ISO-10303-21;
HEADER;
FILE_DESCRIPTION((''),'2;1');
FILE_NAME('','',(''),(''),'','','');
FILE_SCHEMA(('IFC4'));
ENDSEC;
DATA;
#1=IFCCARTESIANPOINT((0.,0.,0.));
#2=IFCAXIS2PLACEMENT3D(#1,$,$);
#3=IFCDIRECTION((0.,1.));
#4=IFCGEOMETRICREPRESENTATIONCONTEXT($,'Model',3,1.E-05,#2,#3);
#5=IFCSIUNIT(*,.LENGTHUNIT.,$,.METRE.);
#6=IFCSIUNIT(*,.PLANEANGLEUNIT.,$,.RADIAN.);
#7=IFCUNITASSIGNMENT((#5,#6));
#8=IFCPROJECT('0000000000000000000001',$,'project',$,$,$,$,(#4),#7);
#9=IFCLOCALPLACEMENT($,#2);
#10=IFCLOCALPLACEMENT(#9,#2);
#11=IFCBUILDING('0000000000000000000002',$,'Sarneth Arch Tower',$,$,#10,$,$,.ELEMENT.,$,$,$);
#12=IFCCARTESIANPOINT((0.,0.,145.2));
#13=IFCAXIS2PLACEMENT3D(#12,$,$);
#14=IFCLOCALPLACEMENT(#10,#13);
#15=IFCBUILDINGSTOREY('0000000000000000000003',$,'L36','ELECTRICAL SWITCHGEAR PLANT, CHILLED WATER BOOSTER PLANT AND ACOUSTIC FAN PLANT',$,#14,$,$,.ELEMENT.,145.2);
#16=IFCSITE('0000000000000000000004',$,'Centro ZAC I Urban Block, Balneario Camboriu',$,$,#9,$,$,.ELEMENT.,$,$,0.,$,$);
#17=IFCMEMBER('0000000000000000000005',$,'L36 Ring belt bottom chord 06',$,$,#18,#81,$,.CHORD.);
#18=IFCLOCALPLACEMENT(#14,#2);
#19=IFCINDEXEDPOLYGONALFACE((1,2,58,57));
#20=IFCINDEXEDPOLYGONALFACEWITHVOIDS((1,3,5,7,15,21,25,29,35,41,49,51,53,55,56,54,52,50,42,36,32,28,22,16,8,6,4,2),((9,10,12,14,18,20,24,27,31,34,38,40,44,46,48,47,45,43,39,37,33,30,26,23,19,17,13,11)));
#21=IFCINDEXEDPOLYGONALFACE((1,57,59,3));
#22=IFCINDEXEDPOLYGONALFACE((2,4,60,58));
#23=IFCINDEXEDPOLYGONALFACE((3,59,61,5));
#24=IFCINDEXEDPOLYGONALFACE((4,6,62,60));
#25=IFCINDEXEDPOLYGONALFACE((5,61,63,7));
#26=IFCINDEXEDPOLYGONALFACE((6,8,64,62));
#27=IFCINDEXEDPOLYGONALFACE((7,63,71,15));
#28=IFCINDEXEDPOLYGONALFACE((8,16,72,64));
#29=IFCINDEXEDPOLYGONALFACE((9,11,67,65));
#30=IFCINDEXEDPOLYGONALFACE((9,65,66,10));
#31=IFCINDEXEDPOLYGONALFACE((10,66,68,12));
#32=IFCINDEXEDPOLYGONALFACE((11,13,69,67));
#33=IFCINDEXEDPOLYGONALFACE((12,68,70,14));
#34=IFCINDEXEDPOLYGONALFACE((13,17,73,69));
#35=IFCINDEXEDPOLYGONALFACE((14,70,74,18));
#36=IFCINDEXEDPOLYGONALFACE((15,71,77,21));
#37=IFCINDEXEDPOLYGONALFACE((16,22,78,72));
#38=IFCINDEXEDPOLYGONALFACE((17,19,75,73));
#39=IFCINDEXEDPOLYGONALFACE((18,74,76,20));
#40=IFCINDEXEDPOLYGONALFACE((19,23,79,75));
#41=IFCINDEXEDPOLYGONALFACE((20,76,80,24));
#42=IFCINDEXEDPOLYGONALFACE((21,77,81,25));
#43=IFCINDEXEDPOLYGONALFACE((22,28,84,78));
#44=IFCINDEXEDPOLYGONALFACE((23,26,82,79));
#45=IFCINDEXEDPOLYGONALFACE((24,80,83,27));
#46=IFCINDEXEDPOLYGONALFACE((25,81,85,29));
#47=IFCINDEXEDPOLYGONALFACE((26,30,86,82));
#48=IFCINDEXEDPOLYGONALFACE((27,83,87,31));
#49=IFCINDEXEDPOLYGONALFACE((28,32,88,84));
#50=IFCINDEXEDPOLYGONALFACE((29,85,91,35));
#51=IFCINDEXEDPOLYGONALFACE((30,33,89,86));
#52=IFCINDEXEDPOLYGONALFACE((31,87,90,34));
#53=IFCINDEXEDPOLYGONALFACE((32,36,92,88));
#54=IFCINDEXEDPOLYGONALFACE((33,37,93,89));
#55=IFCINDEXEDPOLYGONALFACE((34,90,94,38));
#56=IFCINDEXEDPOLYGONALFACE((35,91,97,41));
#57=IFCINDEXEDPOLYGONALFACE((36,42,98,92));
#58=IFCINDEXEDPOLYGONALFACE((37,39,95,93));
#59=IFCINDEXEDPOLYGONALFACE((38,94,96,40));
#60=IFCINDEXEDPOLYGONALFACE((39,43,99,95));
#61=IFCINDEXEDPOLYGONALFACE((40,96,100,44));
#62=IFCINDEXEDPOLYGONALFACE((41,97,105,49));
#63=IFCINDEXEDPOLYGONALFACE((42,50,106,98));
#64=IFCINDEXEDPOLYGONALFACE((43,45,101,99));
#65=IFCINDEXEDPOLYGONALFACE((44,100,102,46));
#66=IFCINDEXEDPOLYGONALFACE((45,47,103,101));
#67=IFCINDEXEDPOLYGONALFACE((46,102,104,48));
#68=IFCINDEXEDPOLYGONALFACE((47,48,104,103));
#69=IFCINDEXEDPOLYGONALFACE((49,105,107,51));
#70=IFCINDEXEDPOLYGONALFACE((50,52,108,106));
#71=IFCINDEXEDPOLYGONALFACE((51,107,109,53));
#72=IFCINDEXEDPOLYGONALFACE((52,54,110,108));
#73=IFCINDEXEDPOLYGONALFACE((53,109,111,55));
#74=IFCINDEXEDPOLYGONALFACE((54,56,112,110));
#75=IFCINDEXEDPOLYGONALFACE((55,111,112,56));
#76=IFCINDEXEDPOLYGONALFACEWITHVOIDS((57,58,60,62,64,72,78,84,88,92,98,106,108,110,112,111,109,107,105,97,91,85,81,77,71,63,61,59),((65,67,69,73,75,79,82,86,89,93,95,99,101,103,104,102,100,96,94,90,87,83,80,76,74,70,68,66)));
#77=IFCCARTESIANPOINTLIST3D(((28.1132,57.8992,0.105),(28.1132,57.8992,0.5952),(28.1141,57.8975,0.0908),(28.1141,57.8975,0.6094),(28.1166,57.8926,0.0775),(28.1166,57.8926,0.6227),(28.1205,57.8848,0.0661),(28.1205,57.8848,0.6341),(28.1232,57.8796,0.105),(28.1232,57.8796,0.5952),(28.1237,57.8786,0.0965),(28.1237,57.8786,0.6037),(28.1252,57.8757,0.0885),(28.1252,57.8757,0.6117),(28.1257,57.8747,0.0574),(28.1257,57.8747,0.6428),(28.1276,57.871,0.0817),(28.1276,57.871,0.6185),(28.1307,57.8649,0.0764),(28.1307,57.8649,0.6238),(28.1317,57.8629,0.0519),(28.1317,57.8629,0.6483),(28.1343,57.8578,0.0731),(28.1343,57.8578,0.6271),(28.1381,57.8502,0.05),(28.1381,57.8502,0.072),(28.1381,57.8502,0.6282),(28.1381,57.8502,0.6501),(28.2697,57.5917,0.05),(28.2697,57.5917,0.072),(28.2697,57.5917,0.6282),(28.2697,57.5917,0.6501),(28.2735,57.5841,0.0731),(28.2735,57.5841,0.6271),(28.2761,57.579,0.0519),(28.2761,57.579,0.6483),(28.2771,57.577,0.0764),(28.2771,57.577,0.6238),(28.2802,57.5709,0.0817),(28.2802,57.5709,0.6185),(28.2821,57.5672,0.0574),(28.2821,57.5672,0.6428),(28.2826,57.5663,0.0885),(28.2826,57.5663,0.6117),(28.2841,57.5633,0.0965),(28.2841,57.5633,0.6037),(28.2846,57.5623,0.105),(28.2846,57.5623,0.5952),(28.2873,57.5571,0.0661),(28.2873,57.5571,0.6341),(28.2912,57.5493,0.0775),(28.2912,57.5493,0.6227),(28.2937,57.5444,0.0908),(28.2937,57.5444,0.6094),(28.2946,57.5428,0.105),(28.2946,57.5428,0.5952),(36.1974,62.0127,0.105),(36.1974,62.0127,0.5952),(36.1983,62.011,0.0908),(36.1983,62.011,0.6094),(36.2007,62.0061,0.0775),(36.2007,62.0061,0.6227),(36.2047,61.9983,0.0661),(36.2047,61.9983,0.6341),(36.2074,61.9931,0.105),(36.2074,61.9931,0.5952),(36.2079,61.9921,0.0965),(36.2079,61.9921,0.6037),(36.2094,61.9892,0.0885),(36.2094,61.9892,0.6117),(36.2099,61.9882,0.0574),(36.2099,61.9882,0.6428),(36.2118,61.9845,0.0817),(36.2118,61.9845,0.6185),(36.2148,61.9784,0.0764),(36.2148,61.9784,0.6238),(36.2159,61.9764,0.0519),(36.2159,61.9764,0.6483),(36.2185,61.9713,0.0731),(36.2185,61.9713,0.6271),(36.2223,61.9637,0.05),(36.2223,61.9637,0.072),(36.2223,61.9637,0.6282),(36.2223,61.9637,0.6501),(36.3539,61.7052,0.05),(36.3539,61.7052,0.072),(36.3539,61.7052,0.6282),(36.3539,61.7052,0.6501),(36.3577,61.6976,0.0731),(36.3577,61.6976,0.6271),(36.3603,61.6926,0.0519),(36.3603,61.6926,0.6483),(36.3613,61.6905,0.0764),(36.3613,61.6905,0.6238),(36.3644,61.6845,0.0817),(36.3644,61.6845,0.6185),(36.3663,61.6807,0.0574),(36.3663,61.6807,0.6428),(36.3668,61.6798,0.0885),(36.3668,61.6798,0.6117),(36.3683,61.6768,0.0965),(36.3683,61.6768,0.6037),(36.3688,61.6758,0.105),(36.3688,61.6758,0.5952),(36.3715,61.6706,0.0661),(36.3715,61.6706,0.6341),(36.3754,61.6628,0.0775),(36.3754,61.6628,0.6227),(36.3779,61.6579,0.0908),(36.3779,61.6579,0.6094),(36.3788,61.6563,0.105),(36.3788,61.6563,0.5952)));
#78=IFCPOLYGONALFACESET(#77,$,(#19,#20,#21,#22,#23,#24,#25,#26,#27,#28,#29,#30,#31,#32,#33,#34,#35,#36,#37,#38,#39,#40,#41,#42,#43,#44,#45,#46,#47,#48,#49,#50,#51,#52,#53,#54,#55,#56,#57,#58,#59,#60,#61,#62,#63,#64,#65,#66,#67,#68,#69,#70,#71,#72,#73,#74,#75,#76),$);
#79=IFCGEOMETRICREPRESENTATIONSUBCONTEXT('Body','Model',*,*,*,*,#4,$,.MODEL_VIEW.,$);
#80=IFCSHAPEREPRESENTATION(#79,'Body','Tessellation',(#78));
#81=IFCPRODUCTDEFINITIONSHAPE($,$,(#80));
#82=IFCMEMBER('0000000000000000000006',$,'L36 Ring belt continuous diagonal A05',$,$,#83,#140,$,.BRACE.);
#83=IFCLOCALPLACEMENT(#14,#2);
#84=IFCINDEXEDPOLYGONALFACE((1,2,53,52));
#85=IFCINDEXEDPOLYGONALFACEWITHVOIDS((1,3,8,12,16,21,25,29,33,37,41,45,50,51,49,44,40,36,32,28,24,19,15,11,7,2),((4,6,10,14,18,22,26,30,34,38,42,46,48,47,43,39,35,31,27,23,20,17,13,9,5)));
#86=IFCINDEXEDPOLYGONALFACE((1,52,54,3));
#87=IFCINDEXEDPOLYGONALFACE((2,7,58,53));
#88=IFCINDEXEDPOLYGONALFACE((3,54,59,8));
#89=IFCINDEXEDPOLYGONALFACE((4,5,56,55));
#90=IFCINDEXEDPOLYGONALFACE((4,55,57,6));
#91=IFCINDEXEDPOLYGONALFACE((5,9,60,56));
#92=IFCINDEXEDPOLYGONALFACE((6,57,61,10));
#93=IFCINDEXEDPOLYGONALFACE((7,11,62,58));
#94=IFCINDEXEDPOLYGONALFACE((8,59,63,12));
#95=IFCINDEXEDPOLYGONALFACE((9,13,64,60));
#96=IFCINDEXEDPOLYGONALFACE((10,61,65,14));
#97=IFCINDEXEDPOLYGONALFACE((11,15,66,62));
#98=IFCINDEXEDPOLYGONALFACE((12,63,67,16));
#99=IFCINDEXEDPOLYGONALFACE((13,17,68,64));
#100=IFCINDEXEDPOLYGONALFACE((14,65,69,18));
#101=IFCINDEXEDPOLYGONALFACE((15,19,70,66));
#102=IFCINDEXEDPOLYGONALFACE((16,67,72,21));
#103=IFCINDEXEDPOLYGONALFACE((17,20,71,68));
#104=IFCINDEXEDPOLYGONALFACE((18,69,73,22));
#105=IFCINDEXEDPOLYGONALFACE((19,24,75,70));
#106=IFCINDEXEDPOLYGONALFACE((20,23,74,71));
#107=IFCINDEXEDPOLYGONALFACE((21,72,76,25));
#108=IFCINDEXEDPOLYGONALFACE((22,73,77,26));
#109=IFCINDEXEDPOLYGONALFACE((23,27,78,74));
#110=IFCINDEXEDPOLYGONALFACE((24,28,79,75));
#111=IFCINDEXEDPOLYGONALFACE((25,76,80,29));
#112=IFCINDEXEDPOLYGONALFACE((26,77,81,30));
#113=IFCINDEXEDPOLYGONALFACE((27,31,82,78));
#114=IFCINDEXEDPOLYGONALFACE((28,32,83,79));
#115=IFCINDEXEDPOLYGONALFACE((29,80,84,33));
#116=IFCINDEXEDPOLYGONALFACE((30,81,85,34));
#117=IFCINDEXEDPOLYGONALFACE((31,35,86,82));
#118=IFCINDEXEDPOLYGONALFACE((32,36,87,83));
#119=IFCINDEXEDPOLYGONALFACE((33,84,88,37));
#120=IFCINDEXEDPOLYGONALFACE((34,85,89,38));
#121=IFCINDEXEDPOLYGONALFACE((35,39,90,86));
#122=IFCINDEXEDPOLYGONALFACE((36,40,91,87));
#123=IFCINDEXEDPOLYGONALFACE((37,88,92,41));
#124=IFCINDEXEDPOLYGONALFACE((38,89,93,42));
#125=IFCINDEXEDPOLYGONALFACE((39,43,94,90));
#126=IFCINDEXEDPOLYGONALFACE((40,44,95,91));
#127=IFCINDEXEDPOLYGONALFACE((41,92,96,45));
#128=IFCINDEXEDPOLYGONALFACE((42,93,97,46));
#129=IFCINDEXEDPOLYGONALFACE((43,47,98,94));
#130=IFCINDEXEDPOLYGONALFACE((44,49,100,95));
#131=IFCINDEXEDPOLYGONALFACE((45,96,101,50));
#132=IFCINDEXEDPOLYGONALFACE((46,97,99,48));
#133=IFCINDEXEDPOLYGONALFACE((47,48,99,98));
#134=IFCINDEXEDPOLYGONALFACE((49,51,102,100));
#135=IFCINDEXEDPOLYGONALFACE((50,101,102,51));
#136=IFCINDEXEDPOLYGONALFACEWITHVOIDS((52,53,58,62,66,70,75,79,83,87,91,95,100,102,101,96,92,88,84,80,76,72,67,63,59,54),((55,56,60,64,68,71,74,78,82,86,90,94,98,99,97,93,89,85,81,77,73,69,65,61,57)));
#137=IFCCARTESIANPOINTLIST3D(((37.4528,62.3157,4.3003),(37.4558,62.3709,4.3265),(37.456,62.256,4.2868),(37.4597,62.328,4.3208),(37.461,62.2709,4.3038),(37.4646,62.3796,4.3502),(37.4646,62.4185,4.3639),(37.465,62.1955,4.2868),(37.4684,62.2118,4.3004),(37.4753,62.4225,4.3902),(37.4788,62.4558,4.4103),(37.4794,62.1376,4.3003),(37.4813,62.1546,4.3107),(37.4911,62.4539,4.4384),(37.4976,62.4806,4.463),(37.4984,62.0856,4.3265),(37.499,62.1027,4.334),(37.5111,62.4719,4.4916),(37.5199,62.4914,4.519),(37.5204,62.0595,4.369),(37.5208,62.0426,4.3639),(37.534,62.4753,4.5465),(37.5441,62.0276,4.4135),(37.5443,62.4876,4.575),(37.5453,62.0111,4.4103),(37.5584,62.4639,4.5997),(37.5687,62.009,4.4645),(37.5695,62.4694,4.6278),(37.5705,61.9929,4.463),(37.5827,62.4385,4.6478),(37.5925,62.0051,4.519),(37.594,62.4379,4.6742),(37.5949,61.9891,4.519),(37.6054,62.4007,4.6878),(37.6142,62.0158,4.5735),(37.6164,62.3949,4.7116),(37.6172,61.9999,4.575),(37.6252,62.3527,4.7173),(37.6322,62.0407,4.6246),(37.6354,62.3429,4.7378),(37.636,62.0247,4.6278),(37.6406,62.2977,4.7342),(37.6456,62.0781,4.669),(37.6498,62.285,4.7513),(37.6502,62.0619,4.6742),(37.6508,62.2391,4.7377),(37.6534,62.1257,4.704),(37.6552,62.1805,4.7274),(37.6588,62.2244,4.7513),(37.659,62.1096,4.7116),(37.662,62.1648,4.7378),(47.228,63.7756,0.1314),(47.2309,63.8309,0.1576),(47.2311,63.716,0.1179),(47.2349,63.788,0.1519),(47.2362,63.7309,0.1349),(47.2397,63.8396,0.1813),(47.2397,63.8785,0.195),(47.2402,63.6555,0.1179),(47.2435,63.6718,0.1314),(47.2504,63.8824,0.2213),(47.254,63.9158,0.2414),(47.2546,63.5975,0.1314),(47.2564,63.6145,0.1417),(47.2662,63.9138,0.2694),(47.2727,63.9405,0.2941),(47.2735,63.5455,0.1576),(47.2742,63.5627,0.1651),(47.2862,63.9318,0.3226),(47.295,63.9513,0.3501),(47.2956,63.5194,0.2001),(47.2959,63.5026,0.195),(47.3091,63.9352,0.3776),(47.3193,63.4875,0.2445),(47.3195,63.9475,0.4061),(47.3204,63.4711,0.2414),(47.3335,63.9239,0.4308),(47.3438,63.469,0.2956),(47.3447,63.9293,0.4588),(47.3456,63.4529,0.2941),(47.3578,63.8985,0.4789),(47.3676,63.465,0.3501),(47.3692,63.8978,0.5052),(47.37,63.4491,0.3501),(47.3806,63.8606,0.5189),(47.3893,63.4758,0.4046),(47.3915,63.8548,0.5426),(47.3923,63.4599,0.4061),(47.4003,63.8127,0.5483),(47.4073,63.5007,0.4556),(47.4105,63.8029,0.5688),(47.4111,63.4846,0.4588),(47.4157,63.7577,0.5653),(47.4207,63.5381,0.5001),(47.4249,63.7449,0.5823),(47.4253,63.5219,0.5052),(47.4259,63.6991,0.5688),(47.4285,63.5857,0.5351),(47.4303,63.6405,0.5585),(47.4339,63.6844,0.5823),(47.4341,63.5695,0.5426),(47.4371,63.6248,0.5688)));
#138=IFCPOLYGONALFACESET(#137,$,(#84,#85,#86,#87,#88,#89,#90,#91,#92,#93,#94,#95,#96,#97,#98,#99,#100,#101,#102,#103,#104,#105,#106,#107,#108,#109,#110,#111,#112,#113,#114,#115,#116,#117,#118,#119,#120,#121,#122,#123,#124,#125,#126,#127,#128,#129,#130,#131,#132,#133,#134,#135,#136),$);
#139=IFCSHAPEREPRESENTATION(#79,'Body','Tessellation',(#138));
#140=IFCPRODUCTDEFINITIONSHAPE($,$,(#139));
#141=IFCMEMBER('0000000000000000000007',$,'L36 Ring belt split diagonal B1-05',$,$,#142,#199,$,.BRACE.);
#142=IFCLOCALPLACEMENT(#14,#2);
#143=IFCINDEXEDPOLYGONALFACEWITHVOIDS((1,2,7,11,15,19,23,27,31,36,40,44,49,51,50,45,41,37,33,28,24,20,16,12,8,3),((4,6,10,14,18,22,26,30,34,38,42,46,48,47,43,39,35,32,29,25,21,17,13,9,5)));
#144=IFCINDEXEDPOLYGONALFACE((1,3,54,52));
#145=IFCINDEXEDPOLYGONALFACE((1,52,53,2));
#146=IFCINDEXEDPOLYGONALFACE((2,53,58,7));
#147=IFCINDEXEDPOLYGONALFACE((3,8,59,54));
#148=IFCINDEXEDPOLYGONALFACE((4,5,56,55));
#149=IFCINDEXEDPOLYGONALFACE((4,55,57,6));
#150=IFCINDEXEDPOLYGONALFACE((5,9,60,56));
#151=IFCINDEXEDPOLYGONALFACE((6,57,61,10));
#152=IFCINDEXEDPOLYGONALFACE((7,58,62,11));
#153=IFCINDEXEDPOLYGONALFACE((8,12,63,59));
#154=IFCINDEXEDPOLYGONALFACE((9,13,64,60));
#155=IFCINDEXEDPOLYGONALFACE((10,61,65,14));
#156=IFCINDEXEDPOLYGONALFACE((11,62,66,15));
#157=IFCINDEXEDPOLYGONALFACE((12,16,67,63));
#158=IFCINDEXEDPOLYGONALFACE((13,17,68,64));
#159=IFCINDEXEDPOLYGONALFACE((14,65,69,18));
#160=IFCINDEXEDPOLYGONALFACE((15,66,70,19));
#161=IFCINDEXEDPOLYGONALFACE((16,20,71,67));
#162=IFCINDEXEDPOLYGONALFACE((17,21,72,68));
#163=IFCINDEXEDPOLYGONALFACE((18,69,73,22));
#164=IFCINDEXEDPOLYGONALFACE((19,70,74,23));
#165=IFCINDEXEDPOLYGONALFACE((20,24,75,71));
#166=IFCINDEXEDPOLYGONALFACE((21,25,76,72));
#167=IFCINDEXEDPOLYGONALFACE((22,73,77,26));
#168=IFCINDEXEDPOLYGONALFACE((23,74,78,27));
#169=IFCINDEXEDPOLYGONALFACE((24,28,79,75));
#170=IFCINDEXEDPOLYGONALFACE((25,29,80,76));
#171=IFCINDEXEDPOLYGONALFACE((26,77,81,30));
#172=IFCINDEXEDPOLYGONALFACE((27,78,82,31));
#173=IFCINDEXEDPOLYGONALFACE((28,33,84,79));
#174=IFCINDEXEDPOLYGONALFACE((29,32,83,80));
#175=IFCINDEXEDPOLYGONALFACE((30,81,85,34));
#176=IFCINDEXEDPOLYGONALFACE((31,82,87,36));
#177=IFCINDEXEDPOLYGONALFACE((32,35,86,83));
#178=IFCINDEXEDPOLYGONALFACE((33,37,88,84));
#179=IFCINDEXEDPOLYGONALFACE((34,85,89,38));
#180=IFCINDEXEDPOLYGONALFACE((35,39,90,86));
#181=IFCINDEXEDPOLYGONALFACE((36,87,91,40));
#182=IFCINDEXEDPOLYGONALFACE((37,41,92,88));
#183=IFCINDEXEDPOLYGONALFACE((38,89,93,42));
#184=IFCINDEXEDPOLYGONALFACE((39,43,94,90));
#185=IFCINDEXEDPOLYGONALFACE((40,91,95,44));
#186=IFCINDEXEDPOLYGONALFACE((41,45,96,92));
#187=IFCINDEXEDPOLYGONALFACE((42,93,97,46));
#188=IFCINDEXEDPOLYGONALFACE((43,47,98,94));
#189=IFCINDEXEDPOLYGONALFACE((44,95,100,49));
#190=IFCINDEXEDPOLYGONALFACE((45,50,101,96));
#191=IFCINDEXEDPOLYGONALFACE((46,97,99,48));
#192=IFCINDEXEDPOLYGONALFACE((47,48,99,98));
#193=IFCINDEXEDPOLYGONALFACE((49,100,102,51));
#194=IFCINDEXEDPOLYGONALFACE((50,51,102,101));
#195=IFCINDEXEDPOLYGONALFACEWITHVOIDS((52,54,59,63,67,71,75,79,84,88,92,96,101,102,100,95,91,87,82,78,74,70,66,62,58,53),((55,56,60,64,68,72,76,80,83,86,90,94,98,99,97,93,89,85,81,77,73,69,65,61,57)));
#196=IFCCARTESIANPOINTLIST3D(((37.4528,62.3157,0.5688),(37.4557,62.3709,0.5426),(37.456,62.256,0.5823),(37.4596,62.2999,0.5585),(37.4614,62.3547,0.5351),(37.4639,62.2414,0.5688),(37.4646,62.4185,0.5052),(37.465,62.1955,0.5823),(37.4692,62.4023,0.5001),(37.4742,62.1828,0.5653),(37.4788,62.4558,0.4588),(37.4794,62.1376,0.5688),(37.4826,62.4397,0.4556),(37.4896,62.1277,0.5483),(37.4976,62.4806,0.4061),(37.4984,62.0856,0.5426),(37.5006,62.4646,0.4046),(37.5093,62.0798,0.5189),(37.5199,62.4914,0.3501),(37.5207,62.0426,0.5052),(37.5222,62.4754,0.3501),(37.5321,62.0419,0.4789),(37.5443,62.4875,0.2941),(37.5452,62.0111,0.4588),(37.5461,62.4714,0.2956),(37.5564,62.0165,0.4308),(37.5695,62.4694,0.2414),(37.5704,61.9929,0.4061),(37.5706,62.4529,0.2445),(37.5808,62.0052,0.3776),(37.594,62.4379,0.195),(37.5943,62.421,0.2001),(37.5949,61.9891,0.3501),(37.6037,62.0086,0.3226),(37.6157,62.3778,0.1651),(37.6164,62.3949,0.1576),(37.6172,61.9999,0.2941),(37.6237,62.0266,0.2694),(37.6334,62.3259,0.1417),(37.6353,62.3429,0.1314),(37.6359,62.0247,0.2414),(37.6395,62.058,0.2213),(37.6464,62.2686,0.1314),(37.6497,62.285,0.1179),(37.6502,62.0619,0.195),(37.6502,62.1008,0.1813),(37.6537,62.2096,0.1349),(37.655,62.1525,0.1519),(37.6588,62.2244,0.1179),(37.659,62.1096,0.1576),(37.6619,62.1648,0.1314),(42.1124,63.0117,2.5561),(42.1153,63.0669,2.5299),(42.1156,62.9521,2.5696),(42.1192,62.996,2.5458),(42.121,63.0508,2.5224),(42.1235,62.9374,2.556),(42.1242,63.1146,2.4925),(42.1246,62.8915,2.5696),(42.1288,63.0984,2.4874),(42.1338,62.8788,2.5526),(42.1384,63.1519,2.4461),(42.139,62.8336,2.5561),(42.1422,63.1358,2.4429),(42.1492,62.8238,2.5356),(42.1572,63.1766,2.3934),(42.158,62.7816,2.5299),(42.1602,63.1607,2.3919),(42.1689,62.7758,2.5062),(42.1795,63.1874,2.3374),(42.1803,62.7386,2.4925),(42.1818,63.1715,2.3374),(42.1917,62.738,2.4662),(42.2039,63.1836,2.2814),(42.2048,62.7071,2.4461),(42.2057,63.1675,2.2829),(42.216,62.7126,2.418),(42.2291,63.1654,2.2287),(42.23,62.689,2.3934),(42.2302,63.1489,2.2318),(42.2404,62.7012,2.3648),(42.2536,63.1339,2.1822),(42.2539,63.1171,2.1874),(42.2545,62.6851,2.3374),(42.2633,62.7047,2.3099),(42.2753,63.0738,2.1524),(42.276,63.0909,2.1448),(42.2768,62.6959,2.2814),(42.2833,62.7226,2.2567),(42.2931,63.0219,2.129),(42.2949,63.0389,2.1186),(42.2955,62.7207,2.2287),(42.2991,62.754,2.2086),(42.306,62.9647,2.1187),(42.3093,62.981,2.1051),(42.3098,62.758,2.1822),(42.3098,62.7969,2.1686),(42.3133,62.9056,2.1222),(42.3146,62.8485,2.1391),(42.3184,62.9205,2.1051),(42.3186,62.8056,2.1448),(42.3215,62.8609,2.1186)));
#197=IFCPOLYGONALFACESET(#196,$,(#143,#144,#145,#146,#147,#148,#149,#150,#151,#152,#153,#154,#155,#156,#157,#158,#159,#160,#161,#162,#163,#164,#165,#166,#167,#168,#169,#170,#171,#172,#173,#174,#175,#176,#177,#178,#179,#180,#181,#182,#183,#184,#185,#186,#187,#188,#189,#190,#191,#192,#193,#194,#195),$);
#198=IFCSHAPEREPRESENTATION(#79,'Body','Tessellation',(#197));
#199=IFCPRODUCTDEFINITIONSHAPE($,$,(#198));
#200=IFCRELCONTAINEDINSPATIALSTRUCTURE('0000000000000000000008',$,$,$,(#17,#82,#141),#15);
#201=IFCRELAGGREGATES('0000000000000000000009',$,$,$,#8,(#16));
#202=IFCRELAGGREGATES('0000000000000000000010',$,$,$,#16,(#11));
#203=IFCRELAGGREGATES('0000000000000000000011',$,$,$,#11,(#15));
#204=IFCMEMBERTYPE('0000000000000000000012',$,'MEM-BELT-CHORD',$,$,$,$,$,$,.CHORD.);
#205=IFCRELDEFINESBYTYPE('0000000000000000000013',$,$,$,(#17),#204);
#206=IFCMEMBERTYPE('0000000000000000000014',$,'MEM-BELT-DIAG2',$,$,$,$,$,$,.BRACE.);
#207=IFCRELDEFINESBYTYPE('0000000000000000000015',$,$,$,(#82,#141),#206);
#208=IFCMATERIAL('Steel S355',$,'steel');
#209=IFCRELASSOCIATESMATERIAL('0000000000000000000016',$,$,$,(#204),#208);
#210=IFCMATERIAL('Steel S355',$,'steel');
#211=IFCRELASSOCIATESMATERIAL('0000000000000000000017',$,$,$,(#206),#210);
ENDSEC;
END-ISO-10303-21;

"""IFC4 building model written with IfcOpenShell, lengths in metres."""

from ifc_helpers import new_model, si_unit, direction, frame, origin, origin_2d, place, context, subcontext, project, spatial, hollow_rectangle, hollow_circle, extrude, material, material_profile, profile_set, type_object, element, save


model = new_model("IFC4")

# Units and contexts
model_context = context("Model", 3, precision=1e-05, world=origin(), true_north=direction((0.0, 1.0)))
body_context = subcontext(model_context, "Body", "Model", "MODEL_VIEW")
ifc_project = project(units=[si_unit("LENGTHUNIT", "METRE"), si_unit("PLANEANGLEUNIT", "RADIAN")], contexts=[model_context])

# Site, building, storey
site_placement = place(None, origin())
site = spatial("IfcSite", under=ifc_project, at=site_placement, Name="Centro ZAC I Urban Block, Balneario Camboriu", CompositionType="ELEMENT", RefElevation=0.0)
building_placement = place(site_placement, origin())
building = spatial("IfcBuilding", under=site, at=building_placement, Name="Sarneth Arch Tower", CompositionType="ELEMENT")
storey_placement = place(building_placement, frame((0.0, 0.0, 145.2)))
storey = spatial("IfcBuildingStorey", under=building, at=storey_placement, Name="L36", Description="ELECTRICAL SWITCHGEAR PLANT, CHILLED WATER BOOSTER PLANT AND ACOUSTIC FAN PLANT", CompositionType="ELEMENT", Elevation=145.2)

# Members
ifc_material_1 = material(Name="Steel S355", Category="steel")
ifc_material_profile_1 = material_profile(ifc_material_1, hollow_rectangle(XDim=0.3999, YDim=0.6001, WallThickness=0.022, InnerFilletRadius=0.033, OuterFilletRadius=0.0549, at=origin_2d()), Name="RHS600x400x22")
ifc_profile_set_1 = profile_set([ifc_material_profile_1], Name="Steel S355")
member_type_1 = type_object("IfcMemberType", Name="MEM-BELT-CHORD", PredefinedType="CHORD", material=ifc_profile_set_1)
member_1_placement = place(storey_placement, frame((36.2881, 61.8345, 0.3501), z_axis=(-0.891256, -0.453501, 0.0), x_axis=(0.453501, -0.891256, 0.0)))
element("IfcMember", 1, at=member_1_placement, inside=storey, type_object=member_type_1, Name="L36 Ring belt bottom chord 06", PredefinedType="CHORD", context=body_context, shape_type="SweptSolid", body=[
    extrude(hollow_rectangle(XDim=0.3999, YDim=0.6001, WallThickness=0.022, InnerFilletRadius=0.033, OuterFilletRadius=0.0549, at=origin_2d()), origin(), (0.0, 0.0, 1.0), 9.0706),
])
ifc_material_2 = material(Name="Steel S355", Category="steel")
ifc_material_profile_2 = material_profile(ifc_material_2, hollow_circle(Radius=0.2539, WallThickness=0.0161, at=origin_2d()), Name="CHS508x16")
ifc_profile_set_2 = profile_set([ifc_material_profile_2], Name="Steel S355")
member_type_2 = type_object("IfcMemberType", Name="MEM-BELT-DIAG2", PredefinedType="BRACE", material=ifc_profile_set_2)
member_2_placement = place(storey_placement, frame((47.3325, 63.7002, 0.3501), z_axis=(-0.911279, -0.136104, 0.388646), x_axis=(0.147716, -0.98903, 0.0)))
element("IfcMember", 2, at=member_2_placement, inside=storey, type_object=member_type_2, Name="L36 Ring belt continuous diagonal A05", PredefinedType="BRACE", context=body_context, shape_type="SweptSolid", body=[
    extrude(hollow_circle(Radius=0.2539, WallThickness=0.0161, at=origin_2d()), origin(), (0.0, 0.0, 1.0), 10.7268),
])
member_3_placement = place(storey_placement, frame((37.5574, 62.2402, 0.3501), z_axis=(0.911275, 0.136123, 0.38865), x_axis=(-0.147737, 0.989027, 0.0)))
element("IfcMember", 3, at=member_3_placement, inside=storey, type_object=member_type_2, Name="L36 Ring belt split diagonal B1-05", PredefinedType="BRACE", context=body_context, shape_type="SweptSolid", body=[
    extrude(hollow_circle(Radius=0.2539, WallThickness=0.0161, at=origin_2d()), origin(), (0.0, 0.0, 1.0), 5.1133),
])

save(model, "model.ifc")
